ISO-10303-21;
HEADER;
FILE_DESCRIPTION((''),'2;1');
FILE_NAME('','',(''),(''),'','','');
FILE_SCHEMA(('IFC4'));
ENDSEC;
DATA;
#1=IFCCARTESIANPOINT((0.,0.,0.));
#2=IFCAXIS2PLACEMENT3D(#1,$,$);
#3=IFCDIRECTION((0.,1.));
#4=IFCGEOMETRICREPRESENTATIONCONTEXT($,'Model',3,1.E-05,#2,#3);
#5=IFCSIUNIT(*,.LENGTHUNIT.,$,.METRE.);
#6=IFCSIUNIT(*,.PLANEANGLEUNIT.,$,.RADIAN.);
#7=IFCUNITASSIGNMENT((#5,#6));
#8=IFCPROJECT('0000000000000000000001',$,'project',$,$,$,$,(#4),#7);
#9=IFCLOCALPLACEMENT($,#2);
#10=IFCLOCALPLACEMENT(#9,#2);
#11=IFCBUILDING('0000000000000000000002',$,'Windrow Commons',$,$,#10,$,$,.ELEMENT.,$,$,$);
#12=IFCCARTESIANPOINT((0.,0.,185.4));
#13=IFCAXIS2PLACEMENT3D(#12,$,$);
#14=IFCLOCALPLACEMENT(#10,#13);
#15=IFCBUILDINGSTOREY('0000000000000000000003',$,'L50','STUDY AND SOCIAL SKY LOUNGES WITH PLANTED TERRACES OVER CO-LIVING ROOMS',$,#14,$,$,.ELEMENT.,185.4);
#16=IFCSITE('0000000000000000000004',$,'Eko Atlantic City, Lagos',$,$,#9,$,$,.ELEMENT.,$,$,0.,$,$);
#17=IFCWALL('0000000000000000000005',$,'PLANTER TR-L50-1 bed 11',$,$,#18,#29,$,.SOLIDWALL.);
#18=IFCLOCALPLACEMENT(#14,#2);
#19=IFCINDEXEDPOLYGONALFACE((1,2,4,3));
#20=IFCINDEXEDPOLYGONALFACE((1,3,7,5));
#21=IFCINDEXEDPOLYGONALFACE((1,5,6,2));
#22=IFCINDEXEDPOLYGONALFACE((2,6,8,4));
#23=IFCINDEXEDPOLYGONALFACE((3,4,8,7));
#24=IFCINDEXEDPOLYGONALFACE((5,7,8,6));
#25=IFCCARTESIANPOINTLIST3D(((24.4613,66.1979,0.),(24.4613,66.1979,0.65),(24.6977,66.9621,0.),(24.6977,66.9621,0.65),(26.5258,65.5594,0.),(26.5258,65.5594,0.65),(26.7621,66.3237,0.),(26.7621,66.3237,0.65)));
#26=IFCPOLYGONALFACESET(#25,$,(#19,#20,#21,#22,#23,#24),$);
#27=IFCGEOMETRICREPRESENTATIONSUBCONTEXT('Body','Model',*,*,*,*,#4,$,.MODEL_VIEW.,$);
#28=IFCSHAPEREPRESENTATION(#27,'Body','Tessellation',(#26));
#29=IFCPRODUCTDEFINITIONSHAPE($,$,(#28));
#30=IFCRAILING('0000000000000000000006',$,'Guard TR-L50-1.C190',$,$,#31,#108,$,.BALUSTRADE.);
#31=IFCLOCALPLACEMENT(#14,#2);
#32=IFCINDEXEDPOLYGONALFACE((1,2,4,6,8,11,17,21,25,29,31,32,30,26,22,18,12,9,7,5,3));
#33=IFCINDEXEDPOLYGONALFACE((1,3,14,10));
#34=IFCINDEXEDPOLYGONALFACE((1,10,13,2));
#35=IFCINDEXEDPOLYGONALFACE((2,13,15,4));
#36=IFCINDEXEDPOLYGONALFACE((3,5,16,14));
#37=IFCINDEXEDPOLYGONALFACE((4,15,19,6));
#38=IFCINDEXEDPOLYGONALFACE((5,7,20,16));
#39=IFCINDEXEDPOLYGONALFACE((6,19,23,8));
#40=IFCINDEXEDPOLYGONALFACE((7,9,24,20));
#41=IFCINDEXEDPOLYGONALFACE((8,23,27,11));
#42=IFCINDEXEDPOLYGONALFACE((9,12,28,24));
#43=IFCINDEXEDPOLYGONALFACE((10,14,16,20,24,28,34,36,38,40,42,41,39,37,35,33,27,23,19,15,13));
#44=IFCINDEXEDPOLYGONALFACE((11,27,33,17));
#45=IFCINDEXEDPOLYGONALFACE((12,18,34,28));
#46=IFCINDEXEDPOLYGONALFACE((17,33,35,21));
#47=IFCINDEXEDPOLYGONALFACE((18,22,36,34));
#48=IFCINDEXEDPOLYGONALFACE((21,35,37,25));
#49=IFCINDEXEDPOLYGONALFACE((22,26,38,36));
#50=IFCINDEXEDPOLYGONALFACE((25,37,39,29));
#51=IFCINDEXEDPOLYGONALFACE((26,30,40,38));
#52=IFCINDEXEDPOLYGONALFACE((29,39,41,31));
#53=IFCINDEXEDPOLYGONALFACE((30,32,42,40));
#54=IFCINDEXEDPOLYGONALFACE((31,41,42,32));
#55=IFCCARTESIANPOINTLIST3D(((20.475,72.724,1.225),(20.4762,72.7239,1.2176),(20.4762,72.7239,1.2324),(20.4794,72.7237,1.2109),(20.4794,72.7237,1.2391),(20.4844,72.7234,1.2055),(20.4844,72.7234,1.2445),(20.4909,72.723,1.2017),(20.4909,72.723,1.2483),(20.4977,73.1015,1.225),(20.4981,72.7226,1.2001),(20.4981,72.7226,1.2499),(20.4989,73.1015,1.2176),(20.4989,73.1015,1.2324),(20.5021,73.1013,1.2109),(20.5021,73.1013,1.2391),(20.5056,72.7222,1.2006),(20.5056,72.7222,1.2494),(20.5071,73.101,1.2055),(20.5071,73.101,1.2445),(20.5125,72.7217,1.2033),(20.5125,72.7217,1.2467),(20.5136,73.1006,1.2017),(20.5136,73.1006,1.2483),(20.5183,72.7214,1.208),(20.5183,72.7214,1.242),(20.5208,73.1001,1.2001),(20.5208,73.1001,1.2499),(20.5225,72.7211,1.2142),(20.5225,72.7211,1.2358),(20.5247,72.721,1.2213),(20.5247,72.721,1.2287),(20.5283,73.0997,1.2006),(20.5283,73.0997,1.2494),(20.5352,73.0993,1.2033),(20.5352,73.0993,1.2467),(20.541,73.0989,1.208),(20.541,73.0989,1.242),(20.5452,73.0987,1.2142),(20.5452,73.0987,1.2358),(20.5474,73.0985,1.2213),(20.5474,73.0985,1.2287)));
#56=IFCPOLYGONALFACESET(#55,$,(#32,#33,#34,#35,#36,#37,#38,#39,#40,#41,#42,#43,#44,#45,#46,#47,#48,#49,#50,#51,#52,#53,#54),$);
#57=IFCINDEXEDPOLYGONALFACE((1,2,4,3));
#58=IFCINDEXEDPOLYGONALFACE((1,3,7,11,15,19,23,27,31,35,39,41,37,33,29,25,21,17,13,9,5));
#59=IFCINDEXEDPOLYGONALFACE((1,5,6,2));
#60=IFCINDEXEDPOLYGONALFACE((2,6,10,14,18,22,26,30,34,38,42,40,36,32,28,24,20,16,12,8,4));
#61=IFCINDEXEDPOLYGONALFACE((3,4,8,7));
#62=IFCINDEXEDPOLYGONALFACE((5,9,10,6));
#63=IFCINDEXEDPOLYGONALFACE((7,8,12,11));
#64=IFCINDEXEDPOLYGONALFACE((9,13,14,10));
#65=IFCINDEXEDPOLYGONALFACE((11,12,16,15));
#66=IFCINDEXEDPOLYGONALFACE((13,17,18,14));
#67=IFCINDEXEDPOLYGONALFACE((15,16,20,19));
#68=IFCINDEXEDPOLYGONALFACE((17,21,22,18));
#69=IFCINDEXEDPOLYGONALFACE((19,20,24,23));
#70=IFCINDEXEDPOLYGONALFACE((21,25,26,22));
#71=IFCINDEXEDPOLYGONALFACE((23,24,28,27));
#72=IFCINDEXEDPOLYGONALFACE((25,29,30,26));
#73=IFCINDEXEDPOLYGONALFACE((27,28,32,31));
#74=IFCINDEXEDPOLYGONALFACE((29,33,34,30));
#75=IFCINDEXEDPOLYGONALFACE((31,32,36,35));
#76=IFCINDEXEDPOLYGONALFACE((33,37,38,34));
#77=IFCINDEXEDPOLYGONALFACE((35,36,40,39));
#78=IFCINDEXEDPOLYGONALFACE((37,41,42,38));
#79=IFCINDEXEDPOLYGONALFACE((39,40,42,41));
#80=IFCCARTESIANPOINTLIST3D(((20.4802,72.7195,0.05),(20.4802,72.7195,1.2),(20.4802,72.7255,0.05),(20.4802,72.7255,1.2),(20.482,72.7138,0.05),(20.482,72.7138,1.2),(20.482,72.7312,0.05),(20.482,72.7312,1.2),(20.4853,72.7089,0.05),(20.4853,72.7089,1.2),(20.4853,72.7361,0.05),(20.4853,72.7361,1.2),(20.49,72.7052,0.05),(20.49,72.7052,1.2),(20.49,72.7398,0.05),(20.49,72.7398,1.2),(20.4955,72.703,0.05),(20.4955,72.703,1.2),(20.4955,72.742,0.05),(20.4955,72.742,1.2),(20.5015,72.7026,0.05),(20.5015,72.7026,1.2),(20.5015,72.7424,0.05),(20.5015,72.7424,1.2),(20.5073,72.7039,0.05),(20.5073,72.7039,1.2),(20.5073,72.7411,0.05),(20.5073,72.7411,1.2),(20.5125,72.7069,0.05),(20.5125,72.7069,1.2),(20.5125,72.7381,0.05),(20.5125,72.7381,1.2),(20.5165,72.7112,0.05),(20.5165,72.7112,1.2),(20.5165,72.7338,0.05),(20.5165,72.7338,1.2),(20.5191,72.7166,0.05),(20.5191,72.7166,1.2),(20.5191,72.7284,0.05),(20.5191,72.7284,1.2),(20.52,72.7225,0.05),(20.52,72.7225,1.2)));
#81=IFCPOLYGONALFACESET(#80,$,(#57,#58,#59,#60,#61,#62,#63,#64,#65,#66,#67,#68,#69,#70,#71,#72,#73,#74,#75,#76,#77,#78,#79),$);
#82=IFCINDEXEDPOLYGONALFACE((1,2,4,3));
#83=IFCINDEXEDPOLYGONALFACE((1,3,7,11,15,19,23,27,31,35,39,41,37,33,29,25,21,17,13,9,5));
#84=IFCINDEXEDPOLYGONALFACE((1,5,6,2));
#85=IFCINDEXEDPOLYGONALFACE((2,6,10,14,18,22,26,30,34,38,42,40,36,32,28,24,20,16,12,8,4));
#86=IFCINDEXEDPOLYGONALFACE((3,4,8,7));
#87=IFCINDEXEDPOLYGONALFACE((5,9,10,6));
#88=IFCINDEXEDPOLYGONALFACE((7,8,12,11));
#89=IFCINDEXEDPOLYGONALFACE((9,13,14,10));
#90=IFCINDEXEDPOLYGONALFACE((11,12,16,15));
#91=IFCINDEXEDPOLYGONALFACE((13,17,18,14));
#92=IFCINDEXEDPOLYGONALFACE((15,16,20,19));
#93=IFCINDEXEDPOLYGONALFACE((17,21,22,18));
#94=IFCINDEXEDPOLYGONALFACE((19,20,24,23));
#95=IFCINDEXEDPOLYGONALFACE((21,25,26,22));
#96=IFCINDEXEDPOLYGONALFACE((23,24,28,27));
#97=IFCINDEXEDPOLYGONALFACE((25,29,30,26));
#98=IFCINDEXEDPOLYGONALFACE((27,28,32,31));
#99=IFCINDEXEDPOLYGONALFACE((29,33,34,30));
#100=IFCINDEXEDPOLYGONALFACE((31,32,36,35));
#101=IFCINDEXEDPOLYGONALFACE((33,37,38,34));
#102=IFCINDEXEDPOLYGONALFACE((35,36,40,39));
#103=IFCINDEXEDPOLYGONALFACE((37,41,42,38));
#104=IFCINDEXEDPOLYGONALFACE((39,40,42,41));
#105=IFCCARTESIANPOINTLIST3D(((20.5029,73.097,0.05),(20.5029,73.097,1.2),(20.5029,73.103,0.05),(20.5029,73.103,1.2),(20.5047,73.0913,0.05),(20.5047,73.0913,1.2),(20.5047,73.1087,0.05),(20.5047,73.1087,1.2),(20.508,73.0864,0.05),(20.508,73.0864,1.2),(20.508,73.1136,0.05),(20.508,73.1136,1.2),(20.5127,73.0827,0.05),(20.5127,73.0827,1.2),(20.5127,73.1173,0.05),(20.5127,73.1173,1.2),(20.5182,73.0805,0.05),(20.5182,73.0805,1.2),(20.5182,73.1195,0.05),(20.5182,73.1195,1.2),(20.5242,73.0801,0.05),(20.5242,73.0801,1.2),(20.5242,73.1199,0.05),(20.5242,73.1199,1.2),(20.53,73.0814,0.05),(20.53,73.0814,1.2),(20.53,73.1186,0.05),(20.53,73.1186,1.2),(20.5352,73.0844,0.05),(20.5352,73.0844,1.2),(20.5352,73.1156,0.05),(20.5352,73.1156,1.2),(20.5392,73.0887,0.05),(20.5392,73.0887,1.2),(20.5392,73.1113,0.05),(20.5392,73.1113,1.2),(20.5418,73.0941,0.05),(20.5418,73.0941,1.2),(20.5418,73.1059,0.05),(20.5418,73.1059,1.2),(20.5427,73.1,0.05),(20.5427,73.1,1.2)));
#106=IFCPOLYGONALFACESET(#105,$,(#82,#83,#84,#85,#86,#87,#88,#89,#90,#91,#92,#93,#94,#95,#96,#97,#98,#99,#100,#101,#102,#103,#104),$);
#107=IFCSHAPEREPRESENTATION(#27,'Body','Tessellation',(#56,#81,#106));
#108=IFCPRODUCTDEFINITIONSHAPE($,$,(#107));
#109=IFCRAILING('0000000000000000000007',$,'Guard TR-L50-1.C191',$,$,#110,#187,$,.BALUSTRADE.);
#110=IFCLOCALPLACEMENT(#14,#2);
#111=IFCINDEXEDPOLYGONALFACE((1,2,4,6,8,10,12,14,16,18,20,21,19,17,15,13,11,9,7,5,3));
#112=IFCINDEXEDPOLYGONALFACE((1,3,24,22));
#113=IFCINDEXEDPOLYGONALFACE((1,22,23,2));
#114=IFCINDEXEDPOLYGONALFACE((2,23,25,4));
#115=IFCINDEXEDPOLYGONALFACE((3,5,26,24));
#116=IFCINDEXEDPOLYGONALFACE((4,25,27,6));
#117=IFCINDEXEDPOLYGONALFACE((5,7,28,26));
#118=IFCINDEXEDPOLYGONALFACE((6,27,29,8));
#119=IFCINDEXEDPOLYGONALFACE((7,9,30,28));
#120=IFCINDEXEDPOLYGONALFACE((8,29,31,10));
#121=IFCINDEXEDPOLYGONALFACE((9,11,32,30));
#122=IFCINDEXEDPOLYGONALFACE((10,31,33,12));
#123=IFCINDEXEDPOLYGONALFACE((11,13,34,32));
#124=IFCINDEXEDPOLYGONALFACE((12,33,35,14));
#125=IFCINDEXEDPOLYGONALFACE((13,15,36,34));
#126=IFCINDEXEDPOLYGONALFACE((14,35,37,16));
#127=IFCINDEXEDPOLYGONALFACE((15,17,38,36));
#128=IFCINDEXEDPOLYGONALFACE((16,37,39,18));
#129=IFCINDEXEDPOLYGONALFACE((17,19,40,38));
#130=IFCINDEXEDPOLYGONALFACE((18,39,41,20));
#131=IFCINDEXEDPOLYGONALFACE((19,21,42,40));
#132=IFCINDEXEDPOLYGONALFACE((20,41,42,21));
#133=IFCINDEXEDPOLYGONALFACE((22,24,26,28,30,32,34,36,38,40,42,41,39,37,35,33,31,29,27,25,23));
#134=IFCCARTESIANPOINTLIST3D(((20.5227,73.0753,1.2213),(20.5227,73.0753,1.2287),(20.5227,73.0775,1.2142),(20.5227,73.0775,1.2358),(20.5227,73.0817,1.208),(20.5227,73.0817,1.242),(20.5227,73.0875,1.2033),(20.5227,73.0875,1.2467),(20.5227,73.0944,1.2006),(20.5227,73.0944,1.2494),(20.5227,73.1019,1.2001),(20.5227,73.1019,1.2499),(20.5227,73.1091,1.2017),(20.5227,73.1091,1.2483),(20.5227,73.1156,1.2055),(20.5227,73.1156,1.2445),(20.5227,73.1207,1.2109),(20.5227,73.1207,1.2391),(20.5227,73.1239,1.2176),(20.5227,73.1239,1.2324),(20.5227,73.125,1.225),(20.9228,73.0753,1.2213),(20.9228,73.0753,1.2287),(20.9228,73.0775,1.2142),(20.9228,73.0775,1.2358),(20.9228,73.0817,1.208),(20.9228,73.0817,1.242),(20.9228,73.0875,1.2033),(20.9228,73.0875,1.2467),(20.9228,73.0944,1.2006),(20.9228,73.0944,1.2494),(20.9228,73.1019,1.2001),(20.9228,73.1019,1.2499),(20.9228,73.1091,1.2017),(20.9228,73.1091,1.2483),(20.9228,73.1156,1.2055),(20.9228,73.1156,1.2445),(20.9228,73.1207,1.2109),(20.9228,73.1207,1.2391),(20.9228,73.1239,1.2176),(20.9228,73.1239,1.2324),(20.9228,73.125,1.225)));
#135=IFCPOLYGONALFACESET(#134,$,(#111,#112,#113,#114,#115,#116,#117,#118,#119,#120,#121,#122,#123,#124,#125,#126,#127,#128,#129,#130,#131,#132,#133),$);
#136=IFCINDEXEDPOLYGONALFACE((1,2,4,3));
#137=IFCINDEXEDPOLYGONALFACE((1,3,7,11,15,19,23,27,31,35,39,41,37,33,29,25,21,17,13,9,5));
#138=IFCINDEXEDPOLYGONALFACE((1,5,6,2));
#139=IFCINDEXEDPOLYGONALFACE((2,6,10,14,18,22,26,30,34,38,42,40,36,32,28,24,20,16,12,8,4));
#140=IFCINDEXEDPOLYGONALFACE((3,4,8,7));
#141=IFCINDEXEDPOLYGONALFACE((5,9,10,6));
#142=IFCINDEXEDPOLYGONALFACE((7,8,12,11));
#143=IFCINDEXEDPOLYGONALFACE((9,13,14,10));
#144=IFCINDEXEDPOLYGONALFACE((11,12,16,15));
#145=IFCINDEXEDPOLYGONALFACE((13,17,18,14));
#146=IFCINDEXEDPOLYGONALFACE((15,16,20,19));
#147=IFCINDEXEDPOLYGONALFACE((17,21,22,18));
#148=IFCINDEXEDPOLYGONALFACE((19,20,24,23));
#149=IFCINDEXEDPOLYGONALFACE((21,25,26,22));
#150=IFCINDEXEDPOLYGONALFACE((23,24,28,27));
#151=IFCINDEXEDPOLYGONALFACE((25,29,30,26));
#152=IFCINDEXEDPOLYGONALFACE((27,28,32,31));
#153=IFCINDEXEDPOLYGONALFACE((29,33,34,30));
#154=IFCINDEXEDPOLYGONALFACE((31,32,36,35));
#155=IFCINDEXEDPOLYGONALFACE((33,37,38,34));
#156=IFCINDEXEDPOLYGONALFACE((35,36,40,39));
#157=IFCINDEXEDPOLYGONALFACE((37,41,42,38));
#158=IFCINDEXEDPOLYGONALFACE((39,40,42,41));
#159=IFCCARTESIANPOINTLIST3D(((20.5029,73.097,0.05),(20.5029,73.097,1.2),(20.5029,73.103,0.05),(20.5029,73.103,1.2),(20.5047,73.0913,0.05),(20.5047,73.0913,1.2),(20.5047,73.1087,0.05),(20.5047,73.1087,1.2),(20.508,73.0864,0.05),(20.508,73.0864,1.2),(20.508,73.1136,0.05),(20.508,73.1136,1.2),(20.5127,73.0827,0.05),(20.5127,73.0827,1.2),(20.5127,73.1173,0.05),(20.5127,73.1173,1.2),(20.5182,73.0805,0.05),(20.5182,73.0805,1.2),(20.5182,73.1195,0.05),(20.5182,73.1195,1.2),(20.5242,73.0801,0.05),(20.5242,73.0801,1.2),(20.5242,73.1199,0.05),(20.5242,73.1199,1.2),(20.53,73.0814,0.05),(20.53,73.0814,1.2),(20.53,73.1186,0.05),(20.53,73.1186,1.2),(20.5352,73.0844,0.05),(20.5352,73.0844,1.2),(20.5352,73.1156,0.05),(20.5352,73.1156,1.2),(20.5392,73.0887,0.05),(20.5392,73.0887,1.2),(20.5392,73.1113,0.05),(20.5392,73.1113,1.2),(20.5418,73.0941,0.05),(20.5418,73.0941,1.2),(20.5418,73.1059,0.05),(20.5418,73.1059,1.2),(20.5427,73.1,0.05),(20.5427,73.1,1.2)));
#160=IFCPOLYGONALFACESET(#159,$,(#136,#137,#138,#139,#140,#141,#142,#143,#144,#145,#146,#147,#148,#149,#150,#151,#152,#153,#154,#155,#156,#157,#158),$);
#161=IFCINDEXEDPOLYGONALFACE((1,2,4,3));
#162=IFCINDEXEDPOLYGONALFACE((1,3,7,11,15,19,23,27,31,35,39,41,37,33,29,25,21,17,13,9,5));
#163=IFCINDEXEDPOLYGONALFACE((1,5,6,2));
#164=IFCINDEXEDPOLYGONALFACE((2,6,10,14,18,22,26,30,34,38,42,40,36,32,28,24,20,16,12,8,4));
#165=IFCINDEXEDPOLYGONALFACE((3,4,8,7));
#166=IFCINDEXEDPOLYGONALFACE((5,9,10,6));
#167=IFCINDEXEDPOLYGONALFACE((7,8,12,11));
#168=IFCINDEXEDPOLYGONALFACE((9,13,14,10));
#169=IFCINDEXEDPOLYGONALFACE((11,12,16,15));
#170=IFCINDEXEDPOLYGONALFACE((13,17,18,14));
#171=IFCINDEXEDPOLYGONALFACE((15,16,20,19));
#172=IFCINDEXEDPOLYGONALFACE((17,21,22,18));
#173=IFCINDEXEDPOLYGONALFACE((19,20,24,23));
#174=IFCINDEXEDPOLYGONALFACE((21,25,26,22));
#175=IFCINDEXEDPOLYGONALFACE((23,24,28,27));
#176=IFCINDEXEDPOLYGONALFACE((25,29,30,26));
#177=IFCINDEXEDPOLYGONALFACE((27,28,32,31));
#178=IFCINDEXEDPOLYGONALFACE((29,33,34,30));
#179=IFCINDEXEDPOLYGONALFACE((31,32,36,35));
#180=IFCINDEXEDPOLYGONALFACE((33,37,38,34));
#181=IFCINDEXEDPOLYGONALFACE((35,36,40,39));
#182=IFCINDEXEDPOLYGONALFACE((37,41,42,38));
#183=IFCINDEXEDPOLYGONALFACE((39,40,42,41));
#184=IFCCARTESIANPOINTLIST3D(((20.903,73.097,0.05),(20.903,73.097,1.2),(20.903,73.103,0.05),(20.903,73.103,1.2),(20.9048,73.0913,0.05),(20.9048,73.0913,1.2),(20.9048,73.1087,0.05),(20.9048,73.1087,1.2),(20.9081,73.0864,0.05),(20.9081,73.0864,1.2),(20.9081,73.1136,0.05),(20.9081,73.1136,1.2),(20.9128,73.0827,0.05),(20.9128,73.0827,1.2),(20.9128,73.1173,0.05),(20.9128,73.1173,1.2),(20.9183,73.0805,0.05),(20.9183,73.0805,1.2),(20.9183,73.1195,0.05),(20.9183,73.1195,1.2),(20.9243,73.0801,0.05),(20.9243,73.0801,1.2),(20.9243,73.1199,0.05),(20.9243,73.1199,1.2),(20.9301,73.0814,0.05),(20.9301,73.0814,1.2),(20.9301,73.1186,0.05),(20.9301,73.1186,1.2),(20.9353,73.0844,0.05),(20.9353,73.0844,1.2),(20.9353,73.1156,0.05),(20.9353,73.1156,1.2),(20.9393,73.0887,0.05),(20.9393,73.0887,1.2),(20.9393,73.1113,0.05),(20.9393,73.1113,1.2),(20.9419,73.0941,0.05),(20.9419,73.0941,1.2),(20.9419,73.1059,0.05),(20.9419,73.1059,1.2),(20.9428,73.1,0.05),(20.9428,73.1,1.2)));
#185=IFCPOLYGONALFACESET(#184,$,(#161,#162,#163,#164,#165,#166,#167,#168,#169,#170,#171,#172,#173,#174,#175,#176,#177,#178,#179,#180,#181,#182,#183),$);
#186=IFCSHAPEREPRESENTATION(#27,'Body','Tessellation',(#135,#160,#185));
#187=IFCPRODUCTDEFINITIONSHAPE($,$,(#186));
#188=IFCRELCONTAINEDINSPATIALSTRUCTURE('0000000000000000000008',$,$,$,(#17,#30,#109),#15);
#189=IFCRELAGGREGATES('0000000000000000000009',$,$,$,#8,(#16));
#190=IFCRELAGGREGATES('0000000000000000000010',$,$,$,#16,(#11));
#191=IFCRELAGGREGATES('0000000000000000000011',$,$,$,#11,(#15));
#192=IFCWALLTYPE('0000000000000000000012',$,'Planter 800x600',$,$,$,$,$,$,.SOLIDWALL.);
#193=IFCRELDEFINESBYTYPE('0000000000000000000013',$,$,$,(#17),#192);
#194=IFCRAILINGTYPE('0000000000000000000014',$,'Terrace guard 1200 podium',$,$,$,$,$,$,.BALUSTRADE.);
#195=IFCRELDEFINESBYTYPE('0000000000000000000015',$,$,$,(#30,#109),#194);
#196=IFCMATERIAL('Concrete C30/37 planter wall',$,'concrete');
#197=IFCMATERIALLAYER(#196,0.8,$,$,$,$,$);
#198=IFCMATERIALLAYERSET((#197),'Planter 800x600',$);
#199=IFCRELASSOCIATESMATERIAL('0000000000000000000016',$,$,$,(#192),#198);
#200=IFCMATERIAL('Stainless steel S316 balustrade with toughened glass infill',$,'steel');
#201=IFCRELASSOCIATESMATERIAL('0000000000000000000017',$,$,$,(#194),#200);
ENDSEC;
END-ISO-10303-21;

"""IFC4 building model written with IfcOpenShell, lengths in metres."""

from ifc_helpers import new_model, si_unit, direction, frame, frame_2d, origin, origin_2d, place, context, subcontext, project, spatial, rectangle, circle, extrude, material, layer, layer_set, type_object, element, save


model = new_model("IFC4")

# Units and contexts
model_context = context("Model", 3, precision=1e-05, world=origin(), true_north=direction((0.0, 1.0)))
body_context = subcontext(model_context, "Body", "Model", "MODEL_VIEW")
ifc_project = project(units=[si_unit("LENGTHUNIT", "METRE"), si_unit("PLANEANGLEUNIT", "RADIAN")], contexts=[model_context])

# Site, building, storey
site_placement = place(None, origin())
site = spatial("IfcSite", under=ifc_project, at=site_placement, Name="Eko Atlantic City, Lagos", CompositionType="ELEMENT", RefElevation=0.0)
building_placement = place(site_placement, origin())
building = spatial("IfcBuilding", under=site, at=building_placement, Name="Windrow Commons", CompositionType="ELEMENT")
storey_placement = place(building_placement, frame((0.0, 0.0, 185.4)))
storey = spatial("IfcBuildingStorey", under=building, at=storey_placement, Name="L50", Description="STUDY AND SOCIAL SKY LOUNGES WITH PLANTED TERRACES OVER CO-LIVING ROOMS", CompositionType="ELEMENT", Elevation=185.4)

# Wall
ifc_material_1 = material(Name="Concrete C30/37 planter wall", Category="concrete")
ifc_layer_1 = layer(ifc_material_1, 0.8)
ifc_layer_set_1 = layer_set([ifc_layer_1], Name="Planter 800x600")
wall_type_1 = type_object("IfcWallType", Name="Planter 800x600", PredefinedType="SOLIDWALL", material=ifc_layer_set_1)
wall_1_placement = place(storey_placement, frame((26.6439, 65.9416, 0.0), z_axis=(0.0, 0.0, 1.0), x_axis=(-0.955362, 0.295438, 0.0)))
element("IfcWall", 1, at=wall_1_placement, inside=storey, type_object=wall_type_1, Name="PLANTER TR-L50-1 bed 11", PredefinedType="SOLIDWALL", context=body_context, shape_type="SweptSolid", body=[
    extrude(rectangle(XDim=2.1609, YDim=0.8, at=frame_2d((1.0804, 0.0))), origin(), (0.0, 0.0, 1.0), 0.65),
])

# Railings
ifc_material_2 = material(Name="Stainless steel S316 balustrade with toughened glass infill", Category="steel")
railing_type = type_object("IfcRailingType", Name="Terrace guard 1200 podium", PredefinedType="BALUSTRADE", material=ifc_material_2)
railing_1_placement = place(storey_placement, frame((20.5, 72.7225, 0.05)))
element("IfcRailing", 2, at=railing_1_placement, inside=storey, type_object=railing_type, Name="Guard TR-L50-1.C190", PredefinedType="BALUSTRADE", context=body_context, shape_type="SweptSolid", body=[
    extrude(circle(Radius=0.025, at=origin_2d()), frame((0.0, 0.0, 1.175), z_axis=(0.060024, 0.998197, 0.0), x_axis=(-0.998197, 0.060024, 0.0)), (0.0, 0.0, 1.0), 0.3782),
    extrude(circle(Radius=0.02, at=origin_2d()), origin(), (0.0, 0.0, 1.0), 1.15),
    extrude(circle(Radius=0.02, at=origin_2d()), frame((0.0227, 0.3775, 0.0)), (0.0, 0.0, 1.0), 1.15),
])
railing_2_placement = place(storey_placement, frame((20.5227, 73.1, 0.05)))
element("IfcRailing", 3, at=railing_2_placement, inside=storey, type_object=railing_type, Name="Guard TR-L50-1.C191", PredefinedType="BALUSTRADE", context=body_context, shape_type="SweptSolid", body=[
    extrude(circle(Radius=0.025, at=origin_2d()), frame((0.0, 0.0, 1.175), z_axis=(1.0, 0.0, 0.0), x_axis=(0.0, 1.0, 0.0)), (0.0, 0.0, 1.0), 0.4001),
    extrude(circle(Radius=0.02, at=origin_2d()), origin(), (0.0, 0.0, 1.0), 1.15),
    extrude(circle(Radius=0.02, at=origin_2d()), frame((0.4001, 0.0, 0.0)), (0.0, 0.0, 1.0), 1.15),
])

save(model, "model.ifc")
